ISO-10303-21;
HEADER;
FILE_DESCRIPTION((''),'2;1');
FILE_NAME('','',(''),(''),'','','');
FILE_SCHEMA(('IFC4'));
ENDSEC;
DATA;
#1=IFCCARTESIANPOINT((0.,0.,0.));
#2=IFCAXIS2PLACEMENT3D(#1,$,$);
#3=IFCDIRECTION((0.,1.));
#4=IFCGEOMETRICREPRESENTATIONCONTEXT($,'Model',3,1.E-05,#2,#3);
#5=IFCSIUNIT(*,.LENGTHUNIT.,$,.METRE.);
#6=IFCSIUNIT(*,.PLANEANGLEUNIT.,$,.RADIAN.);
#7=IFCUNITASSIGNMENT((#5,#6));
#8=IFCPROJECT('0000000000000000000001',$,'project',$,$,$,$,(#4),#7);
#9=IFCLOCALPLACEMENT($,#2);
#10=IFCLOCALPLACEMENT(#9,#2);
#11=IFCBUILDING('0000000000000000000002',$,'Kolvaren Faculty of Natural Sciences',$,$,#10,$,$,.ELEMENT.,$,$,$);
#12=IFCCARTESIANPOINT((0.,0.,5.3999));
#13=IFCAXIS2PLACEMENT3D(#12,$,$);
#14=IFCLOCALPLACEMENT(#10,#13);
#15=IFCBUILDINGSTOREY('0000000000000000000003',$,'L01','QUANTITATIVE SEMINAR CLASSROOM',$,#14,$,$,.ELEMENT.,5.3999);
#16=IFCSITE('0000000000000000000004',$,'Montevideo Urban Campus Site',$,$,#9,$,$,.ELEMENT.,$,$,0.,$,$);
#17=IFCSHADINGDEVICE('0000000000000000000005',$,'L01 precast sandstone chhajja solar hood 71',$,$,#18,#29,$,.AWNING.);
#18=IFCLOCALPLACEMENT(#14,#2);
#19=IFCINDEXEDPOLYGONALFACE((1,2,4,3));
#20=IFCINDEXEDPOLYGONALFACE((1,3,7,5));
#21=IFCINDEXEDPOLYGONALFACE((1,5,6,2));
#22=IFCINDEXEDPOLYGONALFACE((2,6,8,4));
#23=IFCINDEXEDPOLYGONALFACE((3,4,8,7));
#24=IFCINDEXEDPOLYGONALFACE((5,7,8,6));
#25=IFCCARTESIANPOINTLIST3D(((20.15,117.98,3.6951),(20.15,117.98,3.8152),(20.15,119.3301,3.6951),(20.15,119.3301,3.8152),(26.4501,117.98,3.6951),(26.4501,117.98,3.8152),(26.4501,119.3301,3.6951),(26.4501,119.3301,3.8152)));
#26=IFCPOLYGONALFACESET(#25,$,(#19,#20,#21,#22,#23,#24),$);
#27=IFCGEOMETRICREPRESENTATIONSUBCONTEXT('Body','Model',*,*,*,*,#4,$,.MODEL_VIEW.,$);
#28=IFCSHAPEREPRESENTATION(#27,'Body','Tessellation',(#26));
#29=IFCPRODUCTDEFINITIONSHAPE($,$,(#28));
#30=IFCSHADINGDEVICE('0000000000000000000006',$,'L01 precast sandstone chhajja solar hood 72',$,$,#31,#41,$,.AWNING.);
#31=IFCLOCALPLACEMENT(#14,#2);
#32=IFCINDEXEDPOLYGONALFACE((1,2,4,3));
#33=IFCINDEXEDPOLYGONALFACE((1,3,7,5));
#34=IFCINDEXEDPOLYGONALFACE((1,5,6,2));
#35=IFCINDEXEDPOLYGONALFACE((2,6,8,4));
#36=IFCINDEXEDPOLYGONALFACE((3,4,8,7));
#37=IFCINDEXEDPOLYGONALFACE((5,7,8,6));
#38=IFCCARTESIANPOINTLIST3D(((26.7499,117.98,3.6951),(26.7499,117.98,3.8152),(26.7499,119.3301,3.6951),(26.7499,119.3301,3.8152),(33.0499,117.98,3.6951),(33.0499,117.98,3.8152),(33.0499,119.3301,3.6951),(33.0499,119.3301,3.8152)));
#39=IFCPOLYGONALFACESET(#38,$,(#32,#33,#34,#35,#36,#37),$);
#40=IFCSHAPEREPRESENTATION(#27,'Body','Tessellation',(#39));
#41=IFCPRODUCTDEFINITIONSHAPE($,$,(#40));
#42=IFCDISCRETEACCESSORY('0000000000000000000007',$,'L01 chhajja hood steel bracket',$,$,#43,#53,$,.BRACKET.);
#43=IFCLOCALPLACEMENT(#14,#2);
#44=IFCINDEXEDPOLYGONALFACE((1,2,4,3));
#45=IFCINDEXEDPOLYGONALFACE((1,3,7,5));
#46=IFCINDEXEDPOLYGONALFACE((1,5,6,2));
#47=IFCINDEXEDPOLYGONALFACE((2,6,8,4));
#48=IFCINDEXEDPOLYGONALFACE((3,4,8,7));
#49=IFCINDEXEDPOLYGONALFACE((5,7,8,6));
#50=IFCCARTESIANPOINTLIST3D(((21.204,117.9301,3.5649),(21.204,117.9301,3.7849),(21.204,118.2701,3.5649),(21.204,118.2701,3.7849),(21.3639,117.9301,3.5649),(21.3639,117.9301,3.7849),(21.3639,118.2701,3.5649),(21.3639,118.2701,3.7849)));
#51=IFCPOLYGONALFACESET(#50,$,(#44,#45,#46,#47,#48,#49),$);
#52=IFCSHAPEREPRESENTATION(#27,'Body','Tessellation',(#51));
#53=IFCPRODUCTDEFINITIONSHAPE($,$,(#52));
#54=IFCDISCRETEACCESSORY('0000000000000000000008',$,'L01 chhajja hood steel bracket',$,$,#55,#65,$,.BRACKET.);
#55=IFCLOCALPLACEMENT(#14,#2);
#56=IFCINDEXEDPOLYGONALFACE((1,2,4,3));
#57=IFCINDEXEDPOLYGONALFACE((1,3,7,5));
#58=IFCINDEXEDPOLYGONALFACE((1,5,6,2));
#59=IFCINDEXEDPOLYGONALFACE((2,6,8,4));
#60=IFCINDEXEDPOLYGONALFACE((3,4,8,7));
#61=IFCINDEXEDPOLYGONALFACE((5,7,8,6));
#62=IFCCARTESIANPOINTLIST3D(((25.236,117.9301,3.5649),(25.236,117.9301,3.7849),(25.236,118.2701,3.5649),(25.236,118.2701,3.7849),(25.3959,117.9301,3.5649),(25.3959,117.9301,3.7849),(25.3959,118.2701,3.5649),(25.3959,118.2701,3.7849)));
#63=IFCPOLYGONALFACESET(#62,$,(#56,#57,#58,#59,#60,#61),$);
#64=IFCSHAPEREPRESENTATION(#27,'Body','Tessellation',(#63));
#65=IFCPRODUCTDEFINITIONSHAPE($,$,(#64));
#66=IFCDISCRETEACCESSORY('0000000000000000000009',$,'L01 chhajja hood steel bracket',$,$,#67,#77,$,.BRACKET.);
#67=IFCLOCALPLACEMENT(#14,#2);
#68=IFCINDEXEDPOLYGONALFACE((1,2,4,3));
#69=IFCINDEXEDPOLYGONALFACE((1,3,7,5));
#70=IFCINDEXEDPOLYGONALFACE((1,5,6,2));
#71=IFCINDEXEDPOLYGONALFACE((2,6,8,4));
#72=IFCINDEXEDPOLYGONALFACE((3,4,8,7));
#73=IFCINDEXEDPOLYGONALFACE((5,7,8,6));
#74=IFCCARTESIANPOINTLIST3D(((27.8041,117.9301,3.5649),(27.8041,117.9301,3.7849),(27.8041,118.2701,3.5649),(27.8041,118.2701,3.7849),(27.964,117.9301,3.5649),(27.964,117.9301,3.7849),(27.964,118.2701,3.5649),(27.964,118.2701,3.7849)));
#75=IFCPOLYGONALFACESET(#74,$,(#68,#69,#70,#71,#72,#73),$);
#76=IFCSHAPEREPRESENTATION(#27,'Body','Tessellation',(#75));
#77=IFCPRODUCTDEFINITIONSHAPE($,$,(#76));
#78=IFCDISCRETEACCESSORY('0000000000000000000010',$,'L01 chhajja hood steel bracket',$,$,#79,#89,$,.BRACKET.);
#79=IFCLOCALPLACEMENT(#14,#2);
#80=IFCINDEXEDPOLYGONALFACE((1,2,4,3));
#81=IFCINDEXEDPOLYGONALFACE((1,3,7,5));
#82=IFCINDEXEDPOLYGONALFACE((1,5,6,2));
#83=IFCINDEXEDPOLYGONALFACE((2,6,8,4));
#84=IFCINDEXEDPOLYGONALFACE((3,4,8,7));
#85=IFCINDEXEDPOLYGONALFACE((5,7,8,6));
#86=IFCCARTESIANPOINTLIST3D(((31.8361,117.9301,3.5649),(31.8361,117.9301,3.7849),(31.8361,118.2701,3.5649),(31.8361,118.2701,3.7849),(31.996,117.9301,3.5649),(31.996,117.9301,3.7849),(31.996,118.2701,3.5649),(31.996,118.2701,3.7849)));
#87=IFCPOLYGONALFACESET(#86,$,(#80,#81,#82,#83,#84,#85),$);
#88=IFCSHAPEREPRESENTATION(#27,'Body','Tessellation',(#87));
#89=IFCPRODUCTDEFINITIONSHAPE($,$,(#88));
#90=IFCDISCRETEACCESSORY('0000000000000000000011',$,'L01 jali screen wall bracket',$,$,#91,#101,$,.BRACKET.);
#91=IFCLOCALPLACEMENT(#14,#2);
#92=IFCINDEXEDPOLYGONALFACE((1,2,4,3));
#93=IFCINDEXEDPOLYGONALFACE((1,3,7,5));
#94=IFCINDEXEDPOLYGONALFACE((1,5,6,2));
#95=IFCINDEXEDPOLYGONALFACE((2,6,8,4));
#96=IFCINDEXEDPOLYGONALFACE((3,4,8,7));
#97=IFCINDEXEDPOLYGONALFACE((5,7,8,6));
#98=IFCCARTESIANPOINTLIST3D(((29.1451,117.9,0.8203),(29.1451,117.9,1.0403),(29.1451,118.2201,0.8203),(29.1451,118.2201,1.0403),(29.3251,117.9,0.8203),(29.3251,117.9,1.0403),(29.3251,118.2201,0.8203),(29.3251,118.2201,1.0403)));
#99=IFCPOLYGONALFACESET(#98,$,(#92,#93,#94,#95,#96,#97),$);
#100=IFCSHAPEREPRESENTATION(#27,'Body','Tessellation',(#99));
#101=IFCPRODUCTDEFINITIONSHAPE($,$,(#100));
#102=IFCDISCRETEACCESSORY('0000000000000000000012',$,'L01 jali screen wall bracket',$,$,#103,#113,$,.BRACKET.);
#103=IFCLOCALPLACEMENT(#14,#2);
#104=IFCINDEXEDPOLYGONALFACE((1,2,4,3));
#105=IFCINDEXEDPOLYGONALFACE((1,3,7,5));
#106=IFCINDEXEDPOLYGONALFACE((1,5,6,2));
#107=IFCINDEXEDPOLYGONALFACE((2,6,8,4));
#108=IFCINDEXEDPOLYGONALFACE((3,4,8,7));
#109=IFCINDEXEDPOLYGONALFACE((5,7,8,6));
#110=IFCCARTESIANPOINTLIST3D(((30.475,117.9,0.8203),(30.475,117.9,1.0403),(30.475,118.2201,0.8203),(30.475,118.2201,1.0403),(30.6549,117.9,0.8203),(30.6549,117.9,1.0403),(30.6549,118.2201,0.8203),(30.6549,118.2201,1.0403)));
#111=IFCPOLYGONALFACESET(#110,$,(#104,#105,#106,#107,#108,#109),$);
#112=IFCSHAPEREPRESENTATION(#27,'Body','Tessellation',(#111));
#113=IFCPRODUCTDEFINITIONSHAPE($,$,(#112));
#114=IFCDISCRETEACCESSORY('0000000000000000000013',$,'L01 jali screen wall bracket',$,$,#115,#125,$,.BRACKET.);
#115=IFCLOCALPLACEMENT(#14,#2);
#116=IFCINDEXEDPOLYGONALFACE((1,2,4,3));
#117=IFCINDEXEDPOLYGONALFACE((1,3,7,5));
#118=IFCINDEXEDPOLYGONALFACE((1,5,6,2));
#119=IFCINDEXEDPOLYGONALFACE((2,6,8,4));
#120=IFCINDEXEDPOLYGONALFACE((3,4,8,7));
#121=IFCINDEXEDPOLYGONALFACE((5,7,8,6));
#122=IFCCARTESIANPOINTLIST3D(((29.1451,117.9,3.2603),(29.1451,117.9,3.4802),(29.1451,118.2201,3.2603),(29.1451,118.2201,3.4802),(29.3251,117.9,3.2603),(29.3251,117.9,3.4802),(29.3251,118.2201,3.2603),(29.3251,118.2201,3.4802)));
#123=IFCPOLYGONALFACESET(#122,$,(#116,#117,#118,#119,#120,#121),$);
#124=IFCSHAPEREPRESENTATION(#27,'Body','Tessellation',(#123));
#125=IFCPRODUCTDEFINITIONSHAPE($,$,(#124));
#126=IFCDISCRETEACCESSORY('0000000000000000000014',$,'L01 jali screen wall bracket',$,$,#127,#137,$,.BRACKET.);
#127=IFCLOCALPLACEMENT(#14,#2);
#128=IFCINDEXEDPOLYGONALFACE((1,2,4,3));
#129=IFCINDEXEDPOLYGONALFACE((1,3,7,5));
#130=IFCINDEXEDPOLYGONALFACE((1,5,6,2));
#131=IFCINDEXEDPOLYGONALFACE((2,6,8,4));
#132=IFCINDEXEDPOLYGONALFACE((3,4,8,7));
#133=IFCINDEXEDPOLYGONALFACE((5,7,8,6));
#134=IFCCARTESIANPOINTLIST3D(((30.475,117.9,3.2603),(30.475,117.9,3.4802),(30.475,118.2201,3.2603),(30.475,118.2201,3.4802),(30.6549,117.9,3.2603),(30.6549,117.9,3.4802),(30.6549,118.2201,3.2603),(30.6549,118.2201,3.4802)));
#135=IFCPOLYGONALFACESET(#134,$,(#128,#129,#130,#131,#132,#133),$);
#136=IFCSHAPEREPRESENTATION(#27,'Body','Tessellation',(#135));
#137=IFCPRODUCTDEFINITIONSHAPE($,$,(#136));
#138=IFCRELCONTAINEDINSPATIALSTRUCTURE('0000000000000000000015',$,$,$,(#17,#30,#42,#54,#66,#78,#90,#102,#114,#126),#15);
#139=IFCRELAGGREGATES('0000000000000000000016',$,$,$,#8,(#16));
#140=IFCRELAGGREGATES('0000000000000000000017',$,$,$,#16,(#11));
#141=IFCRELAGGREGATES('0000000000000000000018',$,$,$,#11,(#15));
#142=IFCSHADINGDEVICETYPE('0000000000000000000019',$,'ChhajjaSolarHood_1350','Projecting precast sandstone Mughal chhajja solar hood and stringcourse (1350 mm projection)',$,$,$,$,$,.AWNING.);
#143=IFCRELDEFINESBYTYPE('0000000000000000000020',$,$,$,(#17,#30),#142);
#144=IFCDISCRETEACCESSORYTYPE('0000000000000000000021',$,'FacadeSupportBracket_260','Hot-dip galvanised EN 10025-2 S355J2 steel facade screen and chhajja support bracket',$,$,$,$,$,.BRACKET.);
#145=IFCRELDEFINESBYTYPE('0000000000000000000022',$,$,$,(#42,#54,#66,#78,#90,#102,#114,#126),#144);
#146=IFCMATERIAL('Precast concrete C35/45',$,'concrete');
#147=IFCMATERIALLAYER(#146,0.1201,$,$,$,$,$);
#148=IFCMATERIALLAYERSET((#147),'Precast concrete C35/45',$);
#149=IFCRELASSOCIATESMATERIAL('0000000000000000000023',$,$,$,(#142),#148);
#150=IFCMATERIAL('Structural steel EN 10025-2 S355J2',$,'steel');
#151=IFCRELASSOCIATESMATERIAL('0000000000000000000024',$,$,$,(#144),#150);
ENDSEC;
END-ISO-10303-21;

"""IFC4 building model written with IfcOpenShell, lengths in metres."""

from ifc_helpers import new_model, si_unit, direction, frame, origin, origin_2d, place, context, subcontext, project, spatial, rectangle, extrude, material, layer, layer_set, type_object, element, save


model = new_model("IFC4")

# Units and contexts
model_context = context("Model", 3, precision=1e-05, world=origin(), true_north=direction((0.0, 1.0)))
body_context = subcontext(model_context, "Body", "Model", "MODEL_VIEW")
ifc_project = project(units=[si_unit("LENGTHUNIT", "METRE"), si_unit("PLANEANGLEUNIT", "RADIAN")], contexts=[model_context])

# Site, building, storey
site_placement = place(None, origin())
site = spatial("IfcSite", under=ifc_project, at=site_placement, Name="Montevideo Urban Campus Site", CompositionType="ELEMENT", RefElevation=0.0)
building_placement = place(site_placement, origin())
building = spatial("IfcBuilding", under=site, at=building_placement, Name="Kolvaren Faculty of Natural Sciences", CompositionType="ELEMENT")
storey_placement = place(building_placement, frame((0.0, 0.0, 5.3999)))
storey = spatial("IfcBuildingStorey", under=building, at=storey_placement, Name="L01", Description="QUANTITATIVE SEMINAR CLASSROOM", CompositionType="ELEMENT", Elevation=5.3999)

# Shading devices
ifc_material_1 = material(Name="Precast concrete C35/45", Category="concrete")
ifc_layer_1 = layer(ifc_material_1, 0.1201)
ifc_layer_set_1 = layer_set([ifc_layer_1], Name="Precast concrete C35/45")
shading_device_type = type_object("IfcShadingDeviceType", Name="ChhajjaSolarHood_1350", Description="Projecting precast sandstone Mughal chhajja solar hood and stringcourse (1350 mm projection)", PredefinedType="AWNING", material=ifc_layer_set_1)
for number, where, z_axis, x_axis, name in (
    (1, (23.3, 118.655, 3.6951), (0.0, 0.0, 1.0), (1.0, 0.0, 0.0), "L01 precast sandstone chhajja solar hood 71"),
    (2, (29.8999, 118.655, 3.6951), (0.0, 0.0, 1.0), (1.0, 0.0, 0.0), "L01 precast sandstone chhajja solar hood 72"),
):
    element("IfcShadingDevice", number, at=place(storey_placement, frame(where, z_axis=z_axis, x_axis=x_axis)), inside=storey, type_object=shading_device_type, Name=name, PredefinedType="AWNING", context=body_context, shape_type="SweptSolid", body=[
        extrude(rectangle(XDim=6.3, YDim=1.3501, at=origin_2d()), origin(), (0.0, 0.0, 1.0), 0.1201),
    ])

# Discrete accessories
ifc_material_2 = material(Name="Structural steel EN 10025-2 S355J2", Category="steel")
discrete_accessory_type = type_object("IfcDiscreteAccessoryType", Name="FacadeSupportBracket_260", Description="Hot-dip galvanised EN 10025-2 S355J2 steel facade screen and chhajja support bracket", PredefinedType="BRACKET", material=ifc_material_2)
for number, where, z_axis, x_axis, name in (
    (3, (21.2839, 118.1001, 3.5649), (0.0, 0.0, 1.0), (1.0, 0.0, 0.0), "L01 chhajja hood steel bracket"),
    (4, (25.3159, 118.1001, 3.5649), (0.0, 0.0, 1.0), (1.0, 0.0, 0.0), "L01 chhajja hood steel bracket"),
    (5, (27.884, 118.1001, 3.5649), (0.0, 0.0, 1.0), (1.0, 0.0, 0.0), "L01 chhajja hood steel bracket"),
    (6, (31.916, 118.1001, 3.5649), (0.0, 0.0, 1.0), (1.0, 0.0, 0.0), "L01 chhajja hood steel bracket"),
):
    element("IfcDiscreteAccessory", number, at=place(storey_placement, frame(where, z_axis=z_axis, x_axis=x_axis)), inside=storey, type_object=discrete_accessory_type, Name=name, PredefinedType="BRACKET", context=body_context, shape_type="SweptSolid", body=[
        extrude(rectangle(XDim=0.1599, YDim=0.3401, at=origin_2d()), origin(), (0.0, 0.0, 1.0), 0.22),
    ])
for number, where, z_axis, x_axis, name in (
    (7, (29.2351, 118.0601, 0.8203), (0.0, 0.0, 1.0), (1.0, 0.0, 0.0), "L01 jali screen wall bracket"),
    (8, (30.5649, 118.0601, 0.8203), (0.0, 0.0, 1.0), (1.0, 0.0, 0.0), "L01 jali screen wall bracket"),
    (9, (29.2351, 118.0601, 3.2603), (0.0, 0.0, 1.0), (1.0, 0.0, 0.0), "L01 jali screen wall bracket"),
    (10, (30.5649, 118.0601, 3.2603), (0.0, 0.0, 1.0), (1.0, 0.0, 0.0), "L01 jali screen wall bracket"),
):
    element("IfcDiscreteAccessory", number, at=place(storey_placement, frame(where, z_axis=z_axis, x_axis=x_axis)), inside=storey, type_object=discrete_accessory_type, Name=name, PredefinedType="BRACKET", context=body_context, shape_type="SweptSolid", body=[
        extrude(rectangle(XDim=0.1799, YDim=0.3201, at=origin_2d()), origin(), (0.0, 0.0, 1.0), 0.22),
    ])

save(model, "model.ifc")
